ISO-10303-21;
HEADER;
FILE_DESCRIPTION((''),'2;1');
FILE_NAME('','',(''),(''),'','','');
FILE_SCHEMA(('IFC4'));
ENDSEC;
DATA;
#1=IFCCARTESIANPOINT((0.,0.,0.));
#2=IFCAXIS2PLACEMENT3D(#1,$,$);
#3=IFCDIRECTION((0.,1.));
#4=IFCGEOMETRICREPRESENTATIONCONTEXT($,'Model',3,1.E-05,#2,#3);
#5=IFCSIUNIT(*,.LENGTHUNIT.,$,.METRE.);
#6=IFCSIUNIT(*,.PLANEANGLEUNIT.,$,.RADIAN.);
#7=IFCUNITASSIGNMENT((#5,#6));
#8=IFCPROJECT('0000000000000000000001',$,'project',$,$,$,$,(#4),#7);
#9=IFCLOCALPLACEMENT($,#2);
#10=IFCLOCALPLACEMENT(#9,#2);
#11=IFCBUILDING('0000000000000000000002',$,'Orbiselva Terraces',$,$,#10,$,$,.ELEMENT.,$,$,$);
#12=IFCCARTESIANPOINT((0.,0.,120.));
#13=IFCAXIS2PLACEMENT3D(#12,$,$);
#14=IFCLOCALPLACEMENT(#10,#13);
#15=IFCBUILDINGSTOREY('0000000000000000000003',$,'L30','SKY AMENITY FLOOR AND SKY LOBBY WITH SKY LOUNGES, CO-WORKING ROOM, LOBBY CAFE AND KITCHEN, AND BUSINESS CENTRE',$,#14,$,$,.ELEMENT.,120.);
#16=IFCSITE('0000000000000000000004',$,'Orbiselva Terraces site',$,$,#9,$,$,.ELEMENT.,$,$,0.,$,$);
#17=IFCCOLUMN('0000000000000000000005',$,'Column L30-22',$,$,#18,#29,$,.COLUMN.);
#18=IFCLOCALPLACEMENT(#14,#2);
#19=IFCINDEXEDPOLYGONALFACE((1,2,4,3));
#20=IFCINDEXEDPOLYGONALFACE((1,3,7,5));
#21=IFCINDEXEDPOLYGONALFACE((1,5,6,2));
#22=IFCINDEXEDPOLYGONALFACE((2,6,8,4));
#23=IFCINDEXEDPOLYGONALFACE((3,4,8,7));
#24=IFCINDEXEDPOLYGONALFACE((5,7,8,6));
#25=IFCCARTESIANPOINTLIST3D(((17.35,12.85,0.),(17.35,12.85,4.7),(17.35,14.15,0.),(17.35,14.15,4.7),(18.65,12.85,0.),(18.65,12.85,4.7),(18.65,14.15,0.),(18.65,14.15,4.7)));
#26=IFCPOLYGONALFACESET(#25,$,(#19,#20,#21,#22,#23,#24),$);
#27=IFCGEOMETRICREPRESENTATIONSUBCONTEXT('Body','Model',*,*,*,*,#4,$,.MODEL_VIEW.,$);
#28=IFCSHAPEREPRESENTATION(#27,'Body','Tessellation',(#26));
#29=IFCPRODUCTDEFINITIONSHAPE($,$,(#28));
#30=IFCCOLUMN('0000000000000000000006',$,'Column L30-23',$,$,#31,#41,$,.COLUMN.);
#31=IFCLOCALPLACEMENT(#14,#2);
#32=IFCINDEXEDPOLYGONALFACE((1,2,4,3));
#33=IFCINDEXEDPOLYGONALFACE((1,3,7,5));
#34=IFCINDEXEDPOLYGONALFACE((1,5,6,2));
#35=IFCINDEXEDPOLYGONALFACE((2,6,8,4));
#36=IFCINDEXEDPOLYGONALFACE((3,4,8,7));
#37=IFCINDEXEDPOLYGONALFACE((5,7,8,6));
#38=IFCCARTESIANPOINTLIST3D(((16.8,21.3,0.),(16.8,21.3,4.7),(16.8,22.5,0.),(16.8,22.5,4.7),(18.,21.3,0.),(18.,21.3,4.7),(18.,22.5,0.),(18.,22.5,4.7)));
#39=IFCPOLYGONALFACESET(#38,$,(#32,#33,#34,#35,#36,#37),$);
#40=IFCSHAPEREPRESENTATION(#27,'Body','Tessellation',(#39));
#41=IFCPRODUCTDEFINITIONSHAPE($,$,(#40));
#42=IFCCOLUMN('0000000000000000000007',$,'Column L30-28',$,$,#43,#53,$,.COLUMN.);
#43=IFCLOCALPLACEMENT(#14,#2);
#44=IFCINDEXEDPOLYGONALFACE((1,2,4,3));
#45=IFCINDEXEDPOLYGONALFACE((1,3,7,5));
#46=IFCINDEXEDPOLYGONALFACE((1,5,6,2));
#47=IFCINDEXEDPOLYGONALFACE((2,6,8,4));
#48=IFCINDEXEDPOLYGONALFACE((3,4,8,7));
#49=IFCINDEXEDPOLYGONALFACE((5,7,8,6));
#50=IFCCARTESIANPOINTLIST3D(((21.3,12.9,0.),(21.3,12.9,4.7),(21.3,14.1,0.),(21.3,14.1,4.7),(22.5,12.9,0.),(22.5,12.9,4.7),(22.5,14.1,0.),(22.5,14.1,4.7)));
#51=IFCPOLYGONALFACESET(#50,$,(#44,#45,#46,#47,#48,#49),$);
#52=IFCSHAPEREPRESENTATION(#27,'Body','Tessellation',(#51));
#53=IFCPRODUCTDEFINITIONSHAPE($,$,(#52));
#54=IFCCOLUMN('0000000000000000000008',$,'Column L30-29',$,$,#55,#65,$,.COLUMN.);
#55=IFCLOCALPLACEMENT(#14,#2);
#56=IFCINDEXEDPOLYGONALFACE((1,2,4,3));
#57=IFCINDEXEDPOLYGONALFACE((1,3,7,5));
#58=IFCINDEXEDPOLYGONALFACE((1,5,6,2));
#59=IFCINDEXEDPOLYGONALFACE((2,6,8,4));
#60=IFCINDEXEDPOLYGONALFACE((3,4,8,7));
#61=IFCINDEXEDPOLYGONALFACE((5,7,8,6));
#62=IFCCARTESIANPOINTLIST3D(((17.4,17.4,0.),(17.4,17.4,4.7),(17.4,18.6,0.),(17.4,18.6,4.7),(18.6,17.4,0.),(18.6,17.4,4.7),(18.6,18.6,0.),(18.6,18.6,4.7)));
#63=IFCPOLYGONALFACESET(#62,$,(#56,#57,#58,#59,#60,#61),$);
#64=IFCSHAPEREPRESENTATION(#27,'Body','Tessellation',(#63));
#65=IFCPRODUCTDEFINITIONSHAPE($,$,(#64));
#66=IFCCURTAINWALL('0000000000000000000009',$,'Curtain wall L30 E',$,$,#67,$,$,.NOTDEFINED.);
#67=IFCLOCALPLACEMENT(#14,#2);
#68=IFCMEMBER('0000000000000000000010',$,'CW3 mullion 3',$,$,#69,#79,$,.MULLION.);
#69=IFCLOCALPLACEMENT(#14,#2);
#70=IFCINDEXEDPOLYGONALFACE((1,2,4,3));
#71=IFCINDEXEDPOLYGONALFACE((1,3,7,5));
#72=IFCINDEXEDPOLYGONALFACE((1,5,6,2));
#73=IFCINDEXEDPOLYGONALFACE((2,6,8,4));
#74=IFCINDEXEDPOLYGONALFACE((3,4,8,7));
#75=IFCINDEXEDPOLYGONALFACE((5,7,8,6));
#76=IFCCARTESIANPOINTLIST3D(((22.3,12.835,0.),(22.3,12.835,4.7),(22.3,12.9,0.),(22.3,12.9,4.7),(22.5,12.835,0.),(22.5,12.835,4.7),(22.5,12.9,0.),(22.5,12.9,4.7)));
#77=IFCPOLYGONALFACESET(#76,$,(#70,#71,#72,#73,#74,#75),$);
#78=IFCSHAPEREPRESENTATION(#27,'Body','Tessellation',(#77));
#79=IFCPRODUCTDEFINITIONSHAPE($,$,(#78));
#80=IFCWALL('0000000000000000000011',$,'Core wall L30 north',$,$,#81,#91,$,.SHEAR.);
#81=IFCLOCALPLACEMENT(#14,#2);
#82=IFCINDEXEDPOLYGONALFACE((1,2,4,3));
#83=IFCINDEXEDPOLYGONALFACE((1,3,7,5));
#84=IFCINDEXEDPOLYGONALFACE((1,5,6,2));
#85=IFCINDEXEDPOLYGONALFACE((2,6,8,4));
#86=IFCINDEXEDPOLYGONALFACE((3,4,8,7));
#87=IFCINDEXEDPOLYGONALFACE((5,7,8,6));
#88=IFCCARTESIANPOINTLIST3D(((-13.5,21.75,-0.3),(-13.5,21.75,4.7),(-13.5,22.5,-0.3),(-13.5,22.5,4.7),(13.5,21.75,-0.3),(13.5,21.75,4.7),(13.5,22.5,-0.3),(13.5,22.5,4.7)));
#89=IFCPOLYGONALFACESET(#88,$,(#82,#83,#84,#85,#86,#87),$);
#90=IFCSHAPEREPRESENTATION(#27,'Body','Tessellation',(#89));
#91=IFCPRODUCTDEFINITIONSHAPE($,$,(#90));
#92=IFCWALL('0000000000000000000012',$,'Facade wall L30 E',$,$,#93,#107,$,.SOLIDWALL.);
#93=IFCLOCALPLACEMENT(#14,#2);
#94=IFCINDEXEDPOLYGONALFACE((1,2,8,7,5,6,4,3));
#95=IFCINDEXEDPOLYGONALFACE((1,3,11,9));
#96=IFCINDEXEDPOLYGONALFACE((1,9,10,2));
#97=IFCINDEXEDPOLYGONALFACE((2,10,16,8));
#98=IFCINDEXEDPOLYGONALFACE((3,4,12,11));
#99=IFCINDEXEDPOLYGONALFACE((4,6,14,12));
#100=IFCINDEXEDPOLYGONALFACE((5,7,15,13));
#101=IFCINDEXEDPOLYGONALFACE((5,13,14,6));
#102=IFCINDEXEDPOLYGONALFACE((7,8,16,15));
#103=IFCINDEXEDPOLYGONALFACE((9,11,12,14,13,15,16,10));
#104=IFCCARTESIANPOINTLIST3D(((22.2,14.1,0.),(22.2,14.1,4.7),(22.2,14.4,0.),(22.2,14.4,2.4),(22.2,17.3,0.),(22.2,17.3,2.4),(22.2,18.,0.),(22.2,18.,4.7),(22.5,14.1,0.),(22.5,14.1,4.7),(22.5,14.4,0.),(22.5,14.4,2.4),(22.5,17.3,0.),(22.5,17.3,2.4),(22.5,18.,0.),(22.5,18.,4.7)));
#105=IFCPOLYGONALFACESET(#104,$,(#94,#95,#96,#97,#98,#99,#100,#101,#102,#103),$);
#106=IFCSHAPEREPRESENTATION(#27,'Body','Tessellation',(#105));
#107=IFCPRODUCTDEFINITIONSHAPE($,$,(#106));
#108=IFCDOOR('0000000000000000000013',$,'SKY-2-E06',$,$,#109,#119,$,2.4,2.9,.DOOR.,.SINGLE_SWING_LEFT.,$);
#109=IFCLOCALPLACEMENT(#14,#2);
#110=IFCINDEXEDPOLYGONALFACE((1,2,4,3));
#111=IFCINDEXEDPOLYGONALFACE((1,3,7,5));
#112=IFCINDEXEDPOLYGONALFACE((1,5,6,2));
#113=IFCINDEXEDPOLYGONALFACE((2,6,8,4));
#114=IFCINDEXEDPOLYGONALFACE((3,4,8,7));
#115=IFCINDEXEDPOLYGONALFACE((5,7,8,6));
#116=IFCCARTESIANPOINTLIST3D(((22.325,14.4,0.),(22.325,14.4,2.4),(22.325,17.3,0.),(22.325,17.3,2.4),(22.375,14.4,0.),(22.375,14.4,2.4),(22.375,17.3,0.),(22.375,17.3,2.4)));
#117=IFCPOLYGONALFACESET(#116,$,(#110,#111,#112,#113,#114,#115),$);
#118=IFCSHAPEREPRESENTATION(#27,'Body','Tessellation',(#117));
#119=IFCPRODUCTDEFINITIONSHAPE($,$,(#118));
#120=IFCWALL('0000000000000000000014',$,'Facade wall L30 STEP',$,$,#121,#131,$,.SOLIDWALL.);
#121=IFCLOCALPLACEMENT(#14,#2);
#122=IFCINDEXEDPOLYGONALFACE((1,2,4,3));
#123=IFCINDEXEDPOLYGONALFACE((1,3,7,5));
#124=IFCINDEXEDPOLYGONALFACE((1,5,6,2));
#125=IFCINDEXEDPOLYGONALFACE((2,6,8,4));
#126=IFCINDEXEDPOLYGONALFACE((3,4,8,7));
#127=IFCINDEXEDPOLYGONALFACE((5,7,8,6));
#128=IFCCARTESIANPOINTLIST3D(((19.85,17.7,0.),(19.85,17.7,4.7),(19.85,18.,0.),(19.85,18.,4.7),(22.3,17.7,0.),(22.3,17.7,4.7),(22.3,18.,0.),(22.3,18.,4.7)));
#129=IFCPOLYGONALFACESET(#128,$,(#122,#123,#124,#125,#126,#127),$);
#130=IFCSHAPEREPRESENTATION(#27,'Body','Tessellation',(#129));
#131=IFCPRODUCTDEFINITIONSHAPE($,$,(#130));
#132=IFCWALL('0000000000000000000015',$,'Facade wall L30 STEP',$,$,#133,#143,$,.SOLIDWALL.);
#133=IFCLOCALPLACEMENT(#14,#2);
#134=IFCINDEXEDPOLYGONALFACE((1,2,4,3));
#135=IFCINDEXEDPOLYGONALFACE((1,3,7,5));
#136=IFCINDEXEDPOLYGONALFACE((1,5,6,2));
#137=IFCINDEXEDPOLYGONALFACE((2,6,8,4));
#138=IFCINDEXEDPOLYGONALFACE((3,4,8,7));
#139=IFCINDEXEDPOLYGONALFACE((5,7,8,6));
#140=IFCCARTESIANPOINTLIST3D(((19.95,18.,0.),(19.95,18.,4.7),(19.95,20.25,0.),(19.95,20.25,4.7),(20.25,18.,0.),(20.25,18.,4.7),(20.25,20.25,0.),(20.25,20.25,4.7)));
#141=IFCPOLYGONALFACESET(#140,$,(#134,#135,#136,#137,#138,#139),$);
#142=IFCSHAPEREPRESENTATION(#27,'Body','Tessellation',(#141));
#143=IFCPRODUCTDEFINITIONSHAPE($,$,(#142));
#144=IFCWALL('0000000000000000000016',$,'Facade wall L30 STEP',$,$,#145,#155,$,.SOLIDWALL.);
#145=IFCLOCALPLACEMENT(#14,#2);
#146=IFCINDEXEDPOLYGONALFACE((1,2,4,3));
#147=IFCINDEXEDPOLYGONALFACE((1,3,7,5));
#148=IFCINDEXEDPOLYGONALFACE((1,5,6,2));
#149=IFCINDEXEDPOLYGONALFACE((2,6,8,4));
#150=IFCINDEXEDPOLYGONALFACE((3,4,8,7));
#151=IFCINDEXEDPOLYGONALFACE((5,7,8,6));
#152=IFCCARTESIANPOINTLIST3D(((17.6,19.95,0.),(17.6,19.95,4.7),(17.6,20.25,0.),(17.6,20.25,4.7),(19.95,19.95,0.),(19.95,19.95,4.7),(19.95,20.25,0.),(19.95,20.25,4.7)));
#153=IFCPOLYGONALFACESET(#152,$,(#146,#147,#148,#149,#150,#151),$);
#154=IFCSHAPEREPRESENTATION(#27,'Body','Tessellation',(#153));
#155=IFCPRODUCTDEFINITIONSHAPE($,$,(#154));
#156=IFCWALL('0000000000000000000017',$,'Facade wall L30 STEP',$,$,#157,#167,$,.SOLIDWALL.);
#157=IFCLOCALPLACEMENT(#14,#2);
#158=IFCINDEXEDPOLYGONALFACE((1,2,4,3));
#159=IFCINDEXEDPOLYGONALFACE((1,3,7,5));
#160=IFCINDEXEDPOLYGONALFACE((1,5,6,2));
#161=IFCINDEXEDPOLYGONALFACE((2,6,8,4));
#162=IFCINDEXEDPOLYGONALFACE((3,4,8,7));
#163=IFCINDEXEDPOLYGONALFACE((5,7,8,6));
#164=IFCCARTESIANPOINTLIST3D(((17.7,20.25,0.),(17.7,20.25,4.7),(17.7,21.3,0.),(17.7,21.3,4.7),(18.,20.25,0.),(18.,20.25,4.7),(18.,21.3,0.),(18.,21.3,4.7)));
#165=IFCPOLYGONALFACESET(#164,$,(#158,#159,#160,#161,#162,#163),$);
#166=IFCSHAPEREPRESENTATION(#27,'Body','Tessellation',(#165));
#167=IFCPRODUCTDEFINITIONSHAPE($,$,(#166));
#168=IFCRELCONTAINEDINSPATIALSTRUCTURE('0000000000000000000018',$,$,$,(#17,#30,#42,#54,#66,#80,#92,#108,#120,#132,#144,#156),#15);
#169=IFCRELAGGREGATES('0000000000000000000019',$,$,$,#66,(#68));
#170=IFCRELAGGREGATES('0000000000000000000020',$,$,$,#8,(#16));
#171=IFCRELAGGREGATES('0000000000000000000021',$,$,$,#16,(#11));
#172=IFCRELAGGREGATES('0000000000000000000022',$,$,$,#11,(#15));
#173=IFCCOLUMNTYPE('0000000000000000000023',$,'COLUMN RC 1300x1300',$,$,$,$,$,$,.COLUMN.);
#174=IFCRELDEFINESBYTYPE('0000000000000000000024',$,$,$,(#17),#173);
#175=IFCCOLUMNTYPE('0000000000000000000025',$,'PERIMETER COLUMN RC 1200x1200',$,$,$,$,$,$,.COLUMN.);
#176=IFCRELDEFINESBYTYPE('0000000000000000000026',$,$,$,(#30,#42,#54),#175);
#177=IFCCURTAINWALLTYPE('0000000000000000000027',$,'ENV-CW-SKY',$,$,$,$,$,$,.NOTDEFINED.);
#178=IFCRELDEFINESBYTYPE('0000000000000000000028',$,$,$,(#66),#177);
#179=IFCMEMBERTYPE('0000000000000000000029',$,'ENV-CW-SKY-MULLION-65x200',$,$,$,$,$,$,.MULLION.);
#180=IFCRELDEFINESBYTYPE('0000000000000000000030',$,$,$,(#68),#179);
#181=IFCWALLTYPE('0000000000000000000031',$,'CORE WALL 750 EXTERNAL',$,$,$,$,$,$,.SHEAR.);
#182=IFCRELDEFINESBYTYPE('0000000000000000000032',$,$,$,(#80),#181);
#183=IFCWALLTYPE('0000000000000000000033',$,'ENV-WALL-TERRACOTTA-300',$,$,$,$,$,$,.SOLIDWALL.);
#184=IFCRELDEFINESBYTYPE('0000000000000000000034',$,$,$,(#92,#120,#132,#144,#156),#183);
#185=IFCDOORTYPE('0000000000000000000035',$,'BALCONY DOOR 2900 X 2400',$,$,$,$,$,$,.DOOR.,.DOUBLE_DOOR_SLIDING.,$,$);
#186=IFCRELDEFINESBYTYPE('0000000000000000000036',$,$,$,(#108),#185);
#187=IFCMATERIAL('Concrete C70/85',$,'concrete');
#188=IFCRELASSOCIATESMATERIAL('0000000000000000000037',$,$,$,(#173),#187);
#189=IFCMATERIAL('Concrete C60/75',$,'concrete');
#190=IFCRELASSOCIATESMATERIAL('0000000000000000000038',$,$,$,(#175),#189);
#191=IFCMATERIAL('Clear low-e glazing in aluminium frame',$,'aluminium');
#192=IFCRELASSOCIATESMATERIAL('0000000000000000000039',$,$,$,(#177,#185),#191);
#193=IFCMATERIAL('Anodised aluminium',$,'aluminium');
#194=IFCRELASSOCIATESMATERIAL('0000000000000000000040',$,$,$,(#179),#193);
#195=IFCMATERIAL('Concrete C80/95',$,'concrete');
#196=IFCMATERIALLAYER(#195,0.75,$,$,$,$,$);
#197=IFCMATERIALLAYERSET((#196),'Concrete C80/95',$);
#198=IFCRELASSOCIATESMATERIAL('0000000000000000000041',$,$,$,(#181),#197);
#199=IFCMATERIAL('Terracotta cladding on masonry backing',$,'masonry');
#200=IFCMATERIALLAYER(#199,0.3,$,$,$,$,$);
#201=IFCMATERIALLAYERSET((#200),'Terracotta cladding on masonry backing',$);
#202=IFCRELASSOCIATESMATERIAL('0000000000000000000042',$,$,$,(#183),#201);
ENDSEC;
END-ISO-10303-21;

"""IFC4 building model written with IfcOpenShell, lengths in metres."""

from ifc_helpers import new_model, si_unit, direction, frame, frame_2d, origin, origin_2d, place, context, subcontext, project, spatial, rectangle, extrude, material, layer, layer_set, material_profile, profile_set, type_object, element, fill, aggregate, save


model = new_model("IFC4")

# Units and contexts
model_context = context("Model", 3, precision=1e-05, world=origin(), true_north=direction((0.0, 1.0)))
body_context = subcontext(model_context, "Body", "Model", "MODEL_VIEW")
ifc_project = project(units=[si_unit("LENGTHUNIT", "METRE"), si_unit("PLANEANGLEUNIT", "RADIAN")], contexts=[model_context])

# Site, building, storey
site_placement = place(None, origin())
site = spatial("IfcSite", under=ifc_project, at=site_placement, Name="Orbiselva Terraces site", CompositionType="ELEMENT", RefElevation=0.0)
building_placement = place(site_placement, origin())
building = spatial("IfcBuilding", under=site, at=building_placement, Name="Orbiselva Terraces", CompositionType="ELEMENT")
storey_placement = place(building_placement, frame((0.0, 0.0, 120.0)))
storey = spatial("IfcBuildingStorey", under=building, at=storey_placement, Name="L30", Description="SKY AMENITY FLOOR AND SKY LOBBY WITH SKY LOUNGES, CO-WORKING ROOM, LOBBY CAFE AND KITCHEN, AND BUSINESS CENTRE", CompositionType="ELEMENT", Elevation=120.0)

# Columns
ifc_material_1 = material(Name="Concrete C70/85", Category="concrete")
ifc_material_profile_1 = material_profile(ifc_material_1, rectangle(XDim=1.3, YDim=1.3, at=origin_2d()), Name="RC 1300x1300")
ifc_profile_set_1 = profile_set([ifc_material_profile_1], Name="Concrete C70/85")
column_type_1 = type_object("IfcColumnType", Name="COLUMN RC 1300x1300", PredefinedType="COLUMN", material=ifc_profile_set_1)
column_placement = place(storey_placement, frame((18.0, 13.5, 0.0), z_axis=(0.0, 0.0, 1.0), x_axis=(1.0, 0.0, 0.0)))
element("IfcColumn", 1, at=column_placement, inside=storey, type_object=column_type_1, Name="Column L30-22", PredefinedType="COLUMN", context=body_context, shape_type="SweptSolid", body=[
    extrude(rectangle(XDim=1.3, YDim=1.3, at=origin_2d()), origin(), (0.0, 0.0, 1.0), 4.7),
])
ifc_material_2 = material(Name="Concrete C60/75", Category="concrete")
ifc_material_profile_2 = material_profile(ifc_material_2, rectangle(XDim=1.2, YDim=1.2, at=origin_2d()), Name="RC 1200x1200")
ifc_profile_set_2 = profile_set([ifc_material_profile_2], Name="Concrete C60/75")
column_type_2 = type_object("IfcColumnType", Name="PERIMETER COLUMN RC 1200x1200", PredefinedType="COLUMN", material=ifc_profile_set_2)
for number, where, z_axis, x_axis, name in (
    (2, (17.4, 21.9, 0.0), (0.0, 0.0, 1.0), (1.0, 0.0, 0.0), "Column L30-23"),
    (3, (21.9, 13.5, 0.0), (0.0, 0.0, 1.0), (1.0, 0.0, 0.0), "Column L30-28"),
    (4, (18.0, 18.0, 0.0), (0.0, 0.0, 1.0), (1.0, 0.0, 0.0), "Column L30-29"),
):
    element("IfcColumn", number, at=place(storey_placement, frame(where, z_axis=z_axis, x_axis=x_axis)), inside=storey, type_object=column_type_2, Name=name, PredefinedType="COLUMN", context=body_context, shape_type="SweptSolid", body=[
        extrude(rectangle(XDim=1.2, YDim=1.2, at=origin_2d()), origin(), (0.0, 0.0, 1.0), 4.7),
    ])

# Curtain wall, member
ifc_material_3 = material(Name="Clear low-e glazing in aluminium frame", Category="aluminium")
curtain_wall_type = type_object("IfcCurtainWallType", Name="ENV-CW-SKY", PredefinedType="NOTDEFINED", material=ifc_material_3)
curtain_wall_placement = place(storey_placement, origin())
curtain_wall = element("IfcCurtainWall", 5, at=curtain_wall_placement, inside=storey, type_object=curtain_wall_type, Name="Curtain wall L30 E", PredefinedType="NOTDEFINED")
ifc_material_4 = material(Name="Anodised aluminium", Category="aluminium")
ifc_material_profile_3 = material_profile(ifc_material_4, rectangle(XDim=0.2, YDim=0.065, at=origin_2d()), Name="AL 65x200")
ifc_profile_set_3 = profile_set([ifc_material_profile_3], Name="Anodised aluminium")
member_type = type_object("IfcMemberType", Name="ENV-CW-SKY-MULLION-65x200", PredefinedType="MULLION", material=ifc_profile_set_3)
member_placement = place(storey_placement, frame((22.4, 12.8675, 0.0), z_axis=(0.0, 0.0, 1.0), x_axis=(-1.0, 0.0, 0.0)))
member = element("IfcMember", 6, at=member_placement, type_object=member_type, Name="CW3 mullion 3", PredefinedType="MULLION", context=body_context, shape_type="SweptSolid", body=[
    extrude(rectangle(XDim=0.2, YDim=0.065, at=origin_2d()), origin(), (0.0, 0.0, 1.0), 4.7),
])
aggregate(curtain_wall, [member])

# Wall
ifc_material_5 = material(Name="Concrete C80/95", Category="concrete")
ifc_layer_1 = layer(ifc_material_5, 0.75)
ifc_layer_set_1 = layer_set([ifc_layer_1], Name="Concrete C80/95")
wall_type_1 = type_object("IfcWallType", Name="CORE WALL 750 EXTERNAL", PredefinedType="SHEAR", material=ifc_layer_set_1)
wall_1_placement = place(storey_placement, frame((13.5, 22.125, -0.3), z_axis=(0.0, 0.0, 1.0), x_axis=(-1.0, 0.0, 0.0)))
element("IfcWall", 7, at=wall_1_placement, inside=storey, type_object=wall_type_1, Name="Core wall L30 north", PredefinedType="SHEAR", context=body_context, shape_type="SweptSolid", body=[
    extrude(rectangle(XDim=27.0, YDim=0.75, at=frame_2d((13.5, 0.0))), origin(), (0.0, 0.0, 1.0), 5.0),
])

# Wall, opening, door
ifc_material_6 = material(Name="Terracotta cladding on masonry backing", Category="masonry")
ifc_layer_2 = layer(ifc_material_6, 0.3)
ifc_layer_set_2 = layer_set([ifc_layer_2], Name="Terracotta cladding on masonry backing")
wall_type_2 = type_object("IfcWallType", Name="ENV-WALL-TERRACOTTA-300", PredefinedType="SOLIDWALL", material=ifc_layer_set_2)
wall_2_placement = place(storey_placement, frame((22.35, 18.0, 0.0), z_axis=(0.0, 0.0, 1.0), x_axis=(0.0, -1.0, 0.0)))
wall_2 = element("IfcWall", 8, at=wall_2_placement, inside=storey, type_object=wall_type_2, Name="Facade wall L30 E", PredefinedType="SOLIDWALL", context=body_context, shape_type="SweptSolid", body=[
    extrude(rectangle(XDim=3.9, YDim=0.3, at=frame_2d((1.95, 0.0))), origin(), (0.0, 0.0, 1.0), 4.7),
])
opening_1_placement = place(wall_2_placement, frame((0.7, 0.0, 0.0)))
opening_1 = element("IfcOpeningElement", 9, at=opening_1_placement, cuts=wall_2, PredefinedType="OPENING", context=body_context, shape_type="SweptSolid", body=[
    extrude(rectangle(XDim=2.9, YDim=2.4, at=frame_2d((1.45, 1.2))), frame((0.0, 0.16, 0.0), z_axis=(0.0, -1.0, 0.0), x_axis=(1.0, 0.0, 0.0)), (0.0, 0.0, 1.0), 0.32),
])
door_type_1 = type_object("IfcDoorType", Name="BALCONY DOOR 2900 X 2400", OperationType="DOUBLE_DOOR_SLIDING", PredefinedType="DOOR", material=ifc_material_3)
door_1_placement = place(opening_1_placement, origin())
door_1 = element("IfcDoor", 10, at=door_1_placement, inside=storey, type_object=door_type_1, Name="SKY-2-E06", OperationType="SINGLE_SWING_LEFT", OverallHeight=2.4, OverallWidth=2.9, PredefinedType="DOOR", context=body_context, shape_type="SweptSolid", body=[
    extrude(rectangle(XDim=2.9, YDim=2.4, at=frame_2d((1.45, 1.2))), frame((0.0, 0.025, 0.0), z_axis=(0.0, -1.0, 0.0), x_axis=(1.0, 0.0, 0.0)), (0.0, 0.0, 1.0), 0.05),
])
fill(opening_1, door_1)

# Walls
wall_3_placement = place(storey_placement, frame((19.85, 17.85, 0.0), z_axis=(0.0, 0.0, 1.0), x_axis=(1.0, 0.0, 0.0)))
element("IfcWall", 11, at=wall_3_placement, inside=storey, type_object=wall_type_2, Name="Facade wall L30 STEP", PredefinedType="SOLIDWALL", context=body_context, shape_type="SweptSolid", body=[
    extrude(rectangle(XDim=2.45, YDim=0.3, at=frame_2d((1.225, 0.0))), origin(), (0.0, 0.0, 1.0), 4.7),
])
wall_4_placement = place(storey_placement, frame((20.1, 20.25, 0.0), z_axis=(0.0, 0.0, 1.0), x_axis=(0.0, -1.0, 0.0)))
element("IfcWall", 12, at=wall_4_placement, inside=storey, type_object=wall_type_2, Name="Facade wall L30 STEP", PredefinedType="SOLIDWALL", context=body_context, shape_type="SweptSolid", body=[
    extrude(rectangle(XDim=2.25, YDim=0.3, at=frame_2d((1.125, 0.0))), origin(), (0.0, 0.0, 1.0), 4.7),
])
wall_5_placement = place(storey_placement, frame((17.6, 20.1, 0.0), z_axis=(0.0, 0.0, 1.0), x_axis=(1.0, 0.0, 0.0)))
element("IfcWall", 13, at=wall_5_placement, inside=storey, type_object=wall_type_2, Name="Facade wall L30 STEP", PredefinedType="SOLIDWALL", context=body_context, shape_type="SweptSolid", body=[
    extrude(rectangle(XDim=2.35, YDim=0.3, at=frame_2d((1.175, 0.0))), origin(), (0.0, 0.0, 1.0), 4.7),
])
wall_6_placement = place(storey_placement, frame((17.85, 21.3, 0.0), z_axis=(0.0, 0.0, 1.0), x_axis=(0.0, -1.0, 0.0)))
element("IfcWall", 14, at=wall_6_placement, inside=storey, type_object=wall_type_2, Name="Facade wall L30 STEP", PredefinedType="SOLIDWALL", context=body_context, shape_type="SweptSolid", body=[
    extrude(rectangle(XDim=1.05, YDim=0.3, at=frame_2d((0.525, 0.0))), origin(), (0.0, 0.0, 1.0), 4.7),
])

save(model, "model.ifc")
